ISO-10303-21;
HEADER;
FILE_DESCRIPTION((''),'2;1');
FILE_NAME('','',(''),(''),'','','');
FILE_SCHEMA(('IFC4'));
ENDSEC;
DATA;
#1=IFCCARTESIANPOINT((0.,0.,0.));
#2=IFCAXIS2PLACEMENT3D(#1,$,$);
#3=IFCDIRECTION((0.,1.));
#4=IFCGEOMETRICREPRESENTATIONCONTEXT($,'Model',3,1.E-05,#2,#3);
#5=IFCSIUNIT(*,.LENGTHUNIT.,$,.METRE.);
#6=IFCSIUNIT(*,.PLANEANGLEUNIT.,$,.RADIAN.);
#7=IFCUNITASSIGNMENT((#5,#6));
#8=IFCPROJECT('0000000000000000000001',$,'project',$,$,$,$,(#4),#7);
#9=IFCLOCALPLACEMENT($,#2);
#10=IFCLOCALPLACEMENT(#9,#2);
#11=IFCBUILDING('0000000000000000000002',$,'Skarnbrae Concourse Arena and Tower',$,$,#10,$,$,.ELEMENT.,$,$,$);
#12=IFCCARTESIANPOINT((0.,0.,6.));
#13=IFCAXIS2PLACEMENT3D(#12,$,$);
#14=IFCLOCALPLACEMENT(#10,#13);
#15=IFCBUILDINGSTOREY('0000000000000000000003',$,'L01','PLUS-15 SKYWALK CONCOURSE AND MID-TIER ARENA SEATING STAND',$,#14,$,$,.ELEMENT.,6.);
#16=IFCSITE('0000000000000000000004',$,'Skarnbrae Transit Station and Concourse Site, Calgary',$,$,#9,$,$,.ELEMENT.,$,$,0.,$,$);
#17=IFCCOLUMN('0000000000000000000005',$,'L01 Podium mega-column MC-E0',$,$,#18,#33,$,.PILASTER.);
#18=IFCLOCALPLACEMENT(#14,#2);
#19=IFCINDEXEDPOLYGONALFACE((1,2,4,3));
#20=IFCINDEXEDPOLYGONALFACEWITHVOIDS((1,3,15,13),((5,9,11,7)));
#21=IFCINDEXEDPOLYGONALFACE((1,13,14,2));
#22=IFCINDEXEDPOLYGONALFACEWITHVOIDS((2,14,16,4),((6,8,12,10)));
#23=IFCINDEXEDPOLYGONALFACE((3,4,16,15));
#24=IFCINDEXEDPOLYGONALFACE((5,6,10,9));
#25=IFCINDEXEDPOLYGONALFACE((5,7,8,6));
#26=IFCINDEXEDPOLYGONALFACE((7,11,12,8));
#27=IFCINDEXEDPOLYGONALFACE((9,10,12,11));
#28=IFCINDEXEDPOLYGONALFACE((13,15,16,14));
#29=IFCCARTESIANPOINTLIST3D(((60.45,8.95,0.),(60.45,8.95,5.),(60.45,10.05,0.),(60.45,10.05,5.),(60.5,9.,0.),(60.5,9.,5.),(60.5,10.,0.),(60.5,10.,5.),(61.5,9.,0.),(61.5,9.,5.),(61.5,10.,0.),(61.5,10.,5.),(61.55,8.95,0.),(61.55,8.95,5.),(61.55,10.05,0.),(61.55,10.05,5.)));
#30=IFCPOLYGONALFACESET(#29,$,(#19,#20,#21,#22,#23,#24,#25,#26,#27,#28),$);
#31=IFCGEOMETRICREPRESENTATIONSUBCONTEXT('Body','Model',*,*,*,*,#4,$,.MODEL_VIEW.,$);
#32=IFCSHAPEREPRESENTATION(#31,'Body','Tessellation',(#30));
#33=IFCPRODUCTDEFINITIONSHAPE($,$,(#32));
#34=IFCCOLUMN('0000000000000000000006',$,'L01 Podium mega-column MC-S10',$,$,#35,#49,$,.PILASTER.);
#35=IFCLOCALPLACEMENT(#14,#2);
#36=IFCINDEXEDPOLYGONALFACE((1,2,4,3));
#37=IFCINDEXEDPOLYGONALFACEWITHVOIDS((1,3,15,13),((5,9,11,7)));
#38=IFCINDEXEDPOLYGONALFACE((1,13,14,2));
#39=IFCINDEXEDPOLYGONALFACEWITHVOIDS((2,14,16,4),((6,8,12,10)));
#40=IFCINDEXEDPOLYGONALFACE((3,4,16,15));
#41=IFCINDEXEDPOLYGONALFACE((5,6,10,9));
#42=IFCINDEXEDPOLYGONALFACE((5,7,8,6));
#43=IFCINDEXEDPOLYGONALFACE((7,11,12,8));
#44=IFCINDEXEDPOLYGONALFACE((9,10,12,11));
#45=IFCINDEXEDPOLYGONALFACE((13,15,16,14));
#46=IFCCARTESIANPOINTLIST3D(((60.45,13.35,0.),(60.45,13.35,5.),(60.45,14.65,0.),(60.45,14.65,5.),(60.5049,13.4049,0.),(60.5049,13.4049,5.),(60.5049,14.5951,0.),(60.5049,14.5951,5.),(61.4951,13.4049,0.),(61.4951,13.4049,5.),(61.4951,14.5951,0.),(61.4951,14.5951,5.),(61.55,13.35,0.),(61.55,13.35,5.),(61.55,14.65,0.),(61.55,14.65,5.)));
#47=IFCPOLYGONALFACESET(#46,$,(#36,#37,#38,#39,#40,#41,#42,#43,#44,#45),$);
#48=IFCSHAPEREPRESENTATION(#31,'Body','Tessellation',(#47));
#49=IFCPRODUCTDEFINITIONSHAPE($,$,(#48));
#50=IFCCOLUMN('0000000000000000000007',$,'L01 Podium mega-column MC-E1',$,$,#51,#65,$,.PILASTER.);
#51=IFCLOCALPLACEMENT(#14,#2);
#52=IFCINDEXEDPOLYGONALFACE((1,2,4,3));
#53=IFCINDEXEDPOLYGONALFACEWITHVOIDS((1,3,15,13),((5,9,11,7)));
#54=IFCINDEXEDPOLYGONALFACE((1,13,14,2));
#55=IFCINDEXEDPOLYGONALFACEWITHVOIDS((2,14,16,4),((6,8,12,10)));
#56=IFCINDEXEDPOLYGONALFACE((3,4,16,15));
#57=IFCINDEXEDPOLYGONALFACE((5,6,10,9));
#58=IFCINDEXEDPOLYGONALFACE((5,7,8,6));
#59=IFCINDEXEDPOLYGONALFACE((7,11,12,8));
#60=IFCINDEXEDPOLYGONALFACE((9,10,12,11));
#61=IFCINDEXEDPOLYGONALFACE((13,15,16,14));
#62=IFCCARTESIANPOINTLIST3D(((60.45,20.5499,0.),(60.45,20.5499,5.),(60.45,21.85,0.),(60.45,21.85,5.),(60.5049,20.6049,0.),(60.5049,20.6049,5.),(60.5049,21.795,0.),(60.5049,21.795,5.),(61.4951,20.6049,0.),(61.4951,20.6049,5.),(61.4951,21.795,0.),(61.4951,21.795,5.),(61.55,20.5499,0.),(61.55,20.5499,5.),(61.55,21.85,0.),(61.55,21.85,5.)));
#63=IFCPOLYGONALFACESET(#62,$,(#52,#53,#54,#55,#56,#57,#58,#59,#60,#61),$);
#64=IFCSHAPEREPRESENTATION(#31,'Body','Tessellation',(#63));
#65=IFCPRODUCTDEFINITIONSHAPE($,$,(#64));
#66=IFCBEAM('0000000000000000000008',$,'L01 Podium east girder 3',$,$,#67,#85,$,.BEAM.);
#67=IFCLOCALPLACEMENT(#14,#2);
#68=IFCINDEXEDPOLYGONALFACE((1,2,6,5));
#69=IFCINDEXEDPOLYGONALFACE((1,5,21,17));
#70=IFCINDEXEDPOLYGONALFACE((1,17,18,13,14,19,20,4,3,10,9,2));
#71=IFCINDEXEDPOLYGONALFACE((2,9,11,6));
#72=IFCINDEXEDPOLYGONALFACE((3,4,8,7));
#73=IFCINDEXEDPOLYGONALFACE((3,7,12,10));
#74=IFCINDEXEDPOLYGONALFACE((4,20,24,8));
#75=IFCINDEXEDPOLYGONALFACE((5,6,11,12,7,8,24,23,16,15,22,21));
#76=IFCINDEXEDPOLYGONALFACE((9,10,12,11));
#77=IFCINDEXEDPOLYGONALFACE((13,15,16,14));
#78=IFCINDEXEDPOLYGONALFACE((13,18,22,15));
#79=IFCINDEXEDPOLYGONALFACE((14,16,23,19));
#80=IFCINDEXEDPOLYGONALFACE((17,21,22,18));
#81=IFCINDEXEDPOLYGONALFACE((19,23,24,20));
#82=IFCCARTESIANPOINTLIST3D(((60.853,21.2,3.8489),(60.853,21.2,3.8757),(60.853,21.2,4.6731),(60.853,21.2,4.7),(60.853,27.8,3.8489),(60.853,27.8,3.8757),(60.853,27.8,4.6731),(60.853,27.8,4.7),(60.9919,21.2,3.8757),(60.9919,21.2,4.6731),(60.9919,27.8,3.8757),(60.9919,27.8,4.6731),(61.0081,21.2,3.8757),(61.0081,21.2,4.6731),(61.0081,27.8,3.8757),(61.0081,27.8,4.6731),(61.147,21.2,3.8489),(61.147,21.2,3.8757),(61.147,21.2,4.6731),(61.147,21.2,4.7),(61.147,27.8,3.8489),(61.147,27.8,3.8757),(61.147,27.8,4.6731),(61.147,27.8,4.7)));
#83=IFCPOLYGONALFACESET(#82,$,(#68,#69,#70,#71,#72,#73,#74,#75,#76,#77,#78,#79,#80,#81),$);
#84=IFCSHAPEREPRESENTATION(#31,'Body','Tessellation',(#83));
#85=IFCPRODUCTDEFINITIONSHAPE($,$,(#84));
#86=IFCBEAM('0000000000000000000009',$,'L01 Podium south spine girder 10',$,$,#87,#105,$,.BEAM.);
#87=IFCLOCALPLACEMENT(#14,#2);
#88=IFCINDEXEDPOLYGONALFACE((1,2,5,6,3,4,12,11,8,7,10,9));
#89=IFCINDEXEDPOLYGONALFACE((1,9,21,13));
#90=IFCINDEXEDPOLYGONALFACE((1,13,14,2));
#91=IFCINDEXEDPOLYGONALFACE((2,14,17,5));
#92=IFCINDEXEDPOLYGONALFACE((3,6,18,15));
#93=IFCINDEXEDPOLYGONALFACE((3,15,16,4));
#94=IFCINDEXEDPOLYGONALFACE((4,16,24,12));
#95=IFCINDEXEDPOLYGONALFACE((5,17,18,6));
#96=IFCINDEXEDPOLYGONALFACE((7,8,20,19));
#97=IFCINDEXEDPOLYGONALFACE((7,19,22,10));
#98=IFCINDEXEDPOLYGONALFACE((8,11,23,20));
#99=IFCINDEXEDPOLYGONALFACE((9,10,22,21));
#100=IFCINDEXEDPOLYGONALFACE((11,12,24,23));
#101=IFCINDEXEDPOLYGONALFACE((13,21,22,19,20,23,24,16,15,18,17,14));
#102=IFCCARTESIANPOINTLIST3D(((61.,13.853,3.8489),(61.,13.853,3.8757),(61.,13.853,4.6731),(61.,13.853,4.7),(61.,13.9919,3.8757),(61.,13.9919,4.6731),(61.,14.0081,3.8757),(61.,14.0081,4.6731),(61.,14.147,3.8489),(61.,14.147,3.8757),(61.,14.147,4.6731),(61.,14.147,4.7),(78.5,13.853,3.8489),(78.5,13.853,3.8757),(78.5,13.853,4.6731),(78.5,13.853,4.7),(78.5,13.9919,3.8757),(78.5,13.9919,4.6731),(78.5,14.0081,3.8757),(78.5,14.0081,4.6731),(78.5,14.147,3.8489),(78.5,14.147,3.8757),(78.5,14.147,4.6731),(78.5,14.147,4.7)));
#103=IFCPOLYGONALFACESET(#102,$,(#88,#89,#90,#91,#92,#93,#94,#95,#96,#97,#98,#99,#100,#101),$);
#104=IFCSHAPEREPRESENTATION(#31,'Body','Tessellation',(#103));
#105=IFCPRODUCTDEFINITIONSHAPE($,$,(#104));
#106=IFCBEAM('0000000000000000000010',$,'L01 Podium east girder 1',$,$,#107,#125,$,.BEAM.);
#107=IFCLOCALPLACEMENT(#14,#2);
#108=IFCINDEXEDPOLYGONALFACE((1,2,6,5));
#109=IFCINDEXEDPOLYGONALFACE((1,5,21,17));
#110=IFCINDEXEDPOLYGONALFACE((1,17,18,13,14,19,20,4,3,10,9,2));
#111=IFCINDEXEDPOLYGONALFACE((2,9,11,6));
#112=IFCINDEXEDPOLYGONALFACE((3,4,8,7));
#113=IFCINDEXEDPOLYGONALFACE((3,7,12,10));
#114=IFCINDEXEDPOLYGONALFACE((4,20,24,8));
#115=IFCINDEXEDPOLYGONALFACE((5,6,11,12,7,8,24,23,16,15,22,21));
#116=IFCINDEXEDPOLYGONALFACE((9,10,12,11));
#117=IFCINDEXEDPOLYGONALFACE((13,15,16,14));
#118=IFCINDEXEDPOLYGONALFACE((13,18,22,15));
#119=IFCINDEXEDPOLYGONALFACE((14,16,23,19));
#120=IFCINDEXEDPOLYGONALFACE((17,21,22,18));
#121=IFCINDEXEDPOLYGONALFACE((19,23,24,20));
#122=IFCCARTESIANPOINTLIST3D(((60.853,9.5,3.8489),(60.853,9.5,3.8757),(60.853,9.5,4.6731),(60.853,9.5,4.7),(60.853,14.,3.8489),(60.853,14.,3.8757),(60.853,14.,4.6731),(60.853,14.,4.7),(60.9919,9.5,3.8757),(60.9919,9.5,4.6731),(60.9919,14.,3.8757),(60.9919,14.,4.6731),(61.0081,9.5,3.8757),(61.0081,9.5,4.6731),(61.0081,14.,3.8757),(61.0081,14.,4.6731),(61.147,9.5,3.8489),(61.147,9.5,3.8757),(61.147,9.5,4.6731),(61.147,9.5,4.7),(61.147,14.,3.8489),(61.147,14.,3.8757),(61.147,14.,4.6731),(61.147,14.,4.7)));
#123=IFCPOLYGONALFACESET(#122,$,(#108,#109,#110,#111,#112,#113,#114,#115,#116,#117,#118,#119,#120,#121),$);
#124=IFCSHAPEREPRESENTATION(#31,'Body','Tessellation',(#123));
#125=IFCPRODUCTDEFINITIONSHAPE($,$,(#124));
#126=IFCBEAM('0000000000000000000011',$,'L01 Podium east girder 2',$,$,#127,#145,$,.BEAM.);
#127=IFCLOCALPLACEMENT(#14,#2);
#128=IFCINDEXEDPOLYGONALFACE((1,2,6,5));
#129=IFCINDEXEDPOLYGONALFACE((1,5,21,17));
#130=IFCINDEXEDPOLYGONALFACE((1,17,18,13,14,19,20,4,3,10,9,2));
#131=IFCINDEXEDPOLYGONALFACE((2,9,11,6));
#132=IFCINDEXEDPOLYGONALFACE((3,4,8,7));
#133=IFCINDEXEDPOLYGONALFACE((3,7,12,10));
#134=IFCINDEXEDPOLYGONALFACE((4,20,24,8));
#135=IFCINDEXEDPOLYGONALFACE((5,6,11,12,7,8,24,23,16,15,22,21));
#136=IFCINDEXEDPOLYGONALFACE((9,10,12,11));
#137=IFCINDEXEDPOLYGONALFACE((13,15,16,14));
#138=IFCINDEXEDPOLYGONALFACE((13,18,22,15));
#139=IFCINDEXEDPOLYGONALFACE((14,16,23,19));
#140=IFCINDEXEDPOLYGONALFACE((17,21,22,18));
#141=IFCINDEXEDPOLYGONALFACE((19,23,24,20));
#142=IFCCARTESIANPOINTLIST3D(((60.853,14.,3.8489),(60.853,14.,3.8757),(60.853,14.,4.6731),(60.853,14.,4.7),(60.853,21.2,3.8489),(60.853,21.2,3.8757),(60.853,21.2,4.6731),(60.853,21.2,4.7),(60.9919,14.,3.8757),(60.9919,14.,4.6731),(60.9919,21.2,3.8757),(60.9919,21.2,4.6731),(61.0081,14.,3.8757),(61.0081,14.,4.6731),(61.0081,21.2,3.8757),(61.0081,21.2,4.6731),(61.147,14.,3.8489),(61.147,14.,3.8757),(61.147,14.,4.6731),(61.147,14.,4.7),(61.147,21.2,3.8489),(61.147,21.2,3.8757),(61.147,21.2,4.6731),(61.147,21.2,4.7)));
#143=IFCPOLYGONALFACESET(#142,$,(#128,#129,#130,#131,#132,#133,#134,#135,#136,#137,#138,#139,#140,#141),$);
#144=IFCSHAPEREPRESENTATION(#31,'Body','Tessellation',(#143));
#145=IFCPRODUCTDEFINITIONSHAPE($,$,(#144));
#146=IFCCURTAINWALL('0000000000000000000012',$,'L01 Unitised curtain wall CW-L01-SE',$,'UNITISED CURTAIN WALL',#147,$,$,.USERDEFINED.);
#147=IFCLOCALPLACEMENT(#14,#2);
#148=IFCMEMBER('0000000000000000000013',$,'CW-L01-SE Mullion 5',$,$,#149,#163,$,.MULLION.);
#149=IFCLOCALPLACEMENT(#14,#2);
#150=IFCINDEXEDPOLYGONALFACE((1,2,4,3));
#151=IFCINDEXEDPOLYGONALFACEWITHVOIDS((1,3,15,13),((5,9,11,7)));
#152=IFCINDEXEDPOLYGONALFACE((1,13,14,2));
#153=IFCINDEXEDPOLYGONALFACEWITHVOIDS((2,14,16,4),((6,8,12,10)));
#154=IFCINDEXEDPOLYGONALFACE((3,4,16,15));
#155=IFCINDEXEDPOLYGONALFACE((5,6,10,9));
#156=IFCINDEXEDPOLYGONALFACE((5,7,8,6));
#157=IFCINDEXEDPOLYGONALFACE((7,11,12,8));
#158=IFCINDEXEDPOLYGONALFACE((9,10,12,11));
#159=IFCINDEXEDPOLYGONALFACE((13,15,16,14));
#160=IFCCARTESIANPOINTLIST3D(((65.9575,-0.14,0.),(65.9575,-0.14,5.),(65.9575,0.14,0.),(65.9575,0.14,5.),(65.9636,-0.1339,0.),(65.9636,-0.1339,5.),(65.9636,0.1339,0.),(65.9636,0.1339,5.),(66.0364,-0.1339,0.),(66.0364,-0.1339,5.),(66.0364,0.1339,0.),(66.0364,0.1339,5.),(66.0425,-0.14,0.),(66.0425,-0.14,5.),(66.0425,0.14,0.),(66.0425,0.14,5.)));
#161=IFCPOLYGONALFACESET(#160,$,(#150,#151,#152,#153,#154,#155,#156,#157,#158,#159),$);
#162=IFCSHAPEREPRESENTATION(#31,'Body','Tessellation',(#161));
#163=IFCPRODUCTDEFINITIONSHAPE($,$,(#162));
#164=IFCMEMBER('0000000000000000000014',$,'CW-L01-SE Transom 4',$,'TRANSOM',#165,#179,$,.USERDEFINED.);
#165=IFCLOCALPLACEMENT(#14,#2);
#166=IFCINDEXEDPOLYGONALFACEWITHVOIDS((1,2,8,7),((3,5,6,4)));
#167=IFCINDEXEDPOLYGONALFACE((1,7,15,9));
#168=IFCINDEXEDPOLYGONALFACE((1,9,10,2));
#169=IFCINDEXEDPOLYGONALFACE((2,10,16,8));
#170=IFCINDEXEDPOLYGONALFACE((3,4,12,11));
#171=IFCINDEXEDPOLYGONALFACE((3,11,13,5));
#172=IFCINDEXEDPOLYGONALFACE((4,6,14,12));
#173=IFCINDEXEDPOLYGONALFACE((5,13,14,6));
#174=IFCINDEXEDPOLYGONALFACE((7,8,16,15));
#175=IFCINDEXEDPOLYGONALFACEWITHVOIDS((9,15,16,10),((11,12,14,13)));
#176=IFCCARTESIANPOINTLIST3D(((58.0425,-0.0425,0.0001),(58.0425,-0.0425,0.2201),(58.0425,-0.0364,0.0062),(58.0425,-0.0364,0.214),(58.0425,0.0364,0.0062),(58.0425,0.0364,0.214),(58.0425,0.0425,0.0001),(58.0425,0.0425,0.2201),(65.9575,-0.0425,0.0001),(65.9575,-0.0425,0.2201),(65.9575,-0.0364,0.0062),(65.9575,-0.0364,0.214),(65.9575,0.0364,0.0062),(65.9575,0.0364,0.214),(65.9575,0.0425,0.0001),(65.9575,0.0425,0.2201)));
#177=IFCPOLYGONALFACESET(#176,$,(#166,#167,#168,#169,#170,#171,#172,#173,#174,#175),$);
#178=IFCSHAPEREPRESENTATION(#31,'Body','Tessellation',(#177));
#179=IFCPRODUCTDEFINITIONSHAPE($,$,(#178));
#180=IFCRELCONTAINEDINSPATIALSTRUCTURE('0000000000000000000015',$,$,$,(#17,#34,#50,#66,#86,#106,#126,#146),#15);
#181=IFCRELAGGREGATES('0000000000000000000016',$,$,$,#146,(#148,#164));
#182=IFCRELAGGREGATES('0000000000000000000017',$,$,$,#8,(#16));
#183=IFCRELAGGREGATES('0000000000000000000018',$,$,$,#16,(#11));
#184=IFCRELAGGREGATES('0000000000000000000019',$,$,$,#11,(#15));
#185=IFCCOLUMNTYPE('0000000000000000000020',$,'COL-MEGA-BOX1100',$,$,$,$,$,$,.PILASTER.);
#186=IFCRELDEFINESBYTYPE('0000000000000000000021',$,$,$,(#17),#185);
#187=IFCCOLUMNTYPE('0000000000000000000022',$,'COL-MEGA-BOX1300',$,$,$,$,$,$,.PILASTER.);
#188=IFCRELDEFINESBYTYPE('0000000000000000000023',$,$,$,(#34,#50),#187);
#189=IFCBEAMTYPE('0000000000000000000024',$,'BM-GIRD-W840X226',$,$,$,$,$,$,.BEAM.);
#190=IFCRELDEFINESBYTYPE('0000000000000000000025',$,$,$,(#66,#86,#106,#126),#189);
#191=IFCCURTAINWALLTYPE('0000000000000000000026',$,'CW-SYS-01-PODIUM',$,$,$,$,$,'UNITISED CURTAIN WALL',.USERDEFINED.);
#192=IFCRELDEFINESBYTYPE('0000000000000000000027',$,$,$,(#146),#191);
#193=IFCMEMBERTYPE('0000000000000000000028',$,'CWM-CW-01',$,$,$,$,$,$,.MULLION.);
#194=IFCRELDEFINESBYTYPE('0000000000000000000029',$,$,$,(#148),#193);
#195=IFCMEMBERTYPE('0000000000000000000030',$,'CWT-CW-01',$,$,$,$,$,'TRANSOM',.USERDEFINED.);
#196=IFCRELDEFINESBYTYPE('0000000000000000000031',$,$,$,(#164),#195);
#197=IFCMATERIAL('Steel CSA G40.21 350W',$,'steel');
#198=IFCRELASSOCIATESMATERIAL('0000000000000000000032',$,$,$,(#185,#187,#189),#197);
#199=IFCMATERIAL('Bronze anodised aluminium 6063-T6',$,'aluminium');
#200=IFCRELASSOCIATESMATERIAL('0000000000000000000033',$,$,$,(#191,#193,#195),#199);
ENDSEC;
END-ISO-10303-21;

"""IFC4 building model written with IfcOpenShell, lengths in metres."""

from ifc_helpers import new_model, si_unit, direction, frame, origin, origin_2d, place, context, subcontext, project, spatial, hollow_rectangle, i_section, extrude, source, transform, mapped, material, material_profile, profile_set, type_object, element, aggregate, save


model = new_model("IFC4")

# Units and contexts
model_context = context("Model", 3, precision=1e-05, world=origin(), true_north=direction((0.0, 1.0)))
body_context = subcontext(model_context, "Body", "Model", "MODEL_VIEW")
ifc_project = project(units=[si_unit("LENGTHUNIT", "METRE"), si_unit("PLANEANGLEUNIT", "RADIAN")], contexts=[model_context])

# Site, building, storey
site_placement = place(None, origin())
site = spatial("IfcSite", under=ifc_project, at=site_placement, Name="Skarnbrae Transit Station and Concourse Site, Calgary", CompositionType="ELEMENT", RefElevation=0.0)
building_placement = place(site_placement, origin())
building = spatial("IfcBuilding", under=site, at=building_placement, Name="Skarnbrae Concourse Arena and Tower", CompositionType="ELEMENT")
storey_placement = place(building_placement, frame((0.0, 0.0, 6.0)))
storey = spatial("IfcBuildingStorey", under=building, at=storey_placement, Name="L01", Description="PLUS-15 SKYWALK CONCOURSE AND MID-TIER ARENA SEATING STAND", CompositionType="ELEMENT", Elevation=6.0)

# Columns
ifc_material_1 = material(Name="Steel CSA G40.21 350W", Category="steel")
ifc_material_profile_1 = material_profile(ifc_material_1, hollow_rectangle(XDim=1.1001, YDim=1.1001, WallThickness=0.05, at=origin_2d()), Name="BOX1100X1100X50")
ifc_profile_set_1 = profile_set([ifc_material_profile_1], Name="Steel CSA G40.21 350W")
column_type_1 = type_object("IfcColumnType", Name="COL-MEGA-BOX1100", PredefinedType="PILASTER", material=ifc_profile_set_1)
shared_shape_1 = source(origin(), body_context, "Body", "SweptSolid", [
    extrude(hollow_rectangle(XDim=1.1001, YDim=1.1001, WallThickness=0.05, at=origin_2d()), origin(), (0.0, 0.0, 1.0), 5.0),
])
column_placement = place(storey_placement, frame((61.0, 9.5, 0.0), z_axis=(0.0, 0.0, 1.0), x_axis=(1.0, 0.0, 0.0)))
element("IfcColumn", 1, at=column_placement, inside=storey, type_object=column_type_1, Name="L01 Podium mega-column MC-E0", PredefinedType="PILASTER", context=body_context, shape_type="MappedRepresentation", body=[
    mapped(shared_shape_1, transform((0.0, 0.0, 0.0))),
])
ifc_material_profile_2 = material_profile(ifc_material_1, hollow_rectangle(XDim=1.1001, YDim=1.3, WallThickness=0.0549, at=origin_2d()), Name="BOX1300X1100X55")
ifc_profile_set_2 = profile_set([ifc_material_profile_2], Name="Steel CSA G40.21 350W")
column_type_2 = type_object("IfcColumnType", Name="COL-MEGA-BOX1300", PredefinedType="PILASTER", material=ifc_profile_set_2)
shared_shape_2 = source(origin(), body_context, "Body", "SweptSolid", [
    extrude(hollow_rectangle(XDim=1.1001, YDim=1.3, WallThickness=0.0549, at=origin_2d()), origin(), (0.0, 0.0, 1.0), 5.0),
])
for number, where, z_axis, x_axis, name in (
    (2, (61.0, 14.0, 0.0), (0.0, 0.0, 1.0), (1.0, 0.0, 0.0), "L01 Podium mega-column MC-S10"),
    (3, (61.0, 21.2, 0.0), (0.0, 0.0, 1.0), (1.0, 0.0, 0.0), "L01 Podium mega-column MC-E1"),
):
    element("IfcColumn", number, at=place(storey_placement, frame(where, z_axis=z_axis, x_axis=x_axis)), inside=storey, type_object=column_type_2, Name=name, PredefinedType="PILASTER", context=body_context, shape_type="MappedRepresentation", body=[
        mapped(shared_shape_2, transform((0.0, 0.0, 0.0))),
    ])

# Beams
ifc_material_profile_3 = material_profile(ifc_material_1, i_section(OverallWidth=0.2939, OverallDepth=0.8511, WebThickness=0.0161, FlangeThickness=0.0269, at=origin_2d()), Name="W840X226")
ifc_profile_set_3 = profile_set([ifc_material_profile_3], Name="Steel CSA G40.21 350W")
beam_type_1 = type_object("IfcBeamType", Name="BM-GIRD-W840X226", PredefinedType="BEAM", material=ifc_profile_set_3)
shared_shape_3 = source(origin(), body_context, "Body", "SweptSolid", [
    extrude(i_section(OverallWidth=0.2939, OverallDepth=0.8511, WebThickness=0.0161, FlangeThickness=0.0269, at=origin_2d()), origin(), (0.0, 0.0, 1.0), 6.6001),
])
beam_1_placement = place(storey_placement, frame((61.0, 21.2, 4.2744), z_axis=(0.0, 1.0, 0.0), x_axis=(-1.0, 0.0, 0.0)))
element("IfcBeam", 4, at=beam_1_placement, inside=storey, type_object=beam_type_1, Name="L01 Podium east girder 3", PredefinedType="BEAM", context=body_context, shape_type="MappedRepresentation", body=[
    mapped(shared_shape_3, transform((0.0, 0.0, 0.0))),
])
shared_shape_4 = source(origin(), body_context, "Body", "SweptSolid", [
    extrude(i_section(OverallWidth=0.2939, OverallDepth=0.8511, WebThickness=0.0161, FlangeThickness=0.0269, at=origin_2d()), origin(), (0.0, 0.0, 1.0), 17.5),
])
beam_2_placement = place(storey_placement, frame((61.0, 14.0, 4.2744), z_axis=(1.0, 0.0, 0.0), x_axis=(0.0, 1.0, 0.0)))
element("IfcBeam", 5, at=beam_2_placement, inside=storey, type_object=beam_type_1, Name="L01 Podium south spine girder 10", PredefinedType="BEAM", context=body_context, shape_type="MappedRepresentation", body=[
    mapped(shared_shape_4, transform((0.0, 0.0, 0.0))),
])
shared_shape_5 = source(origin(), body_context, "Body", "SweptSolid", [
    extrude(i_section(OverallWidth=0.2939, OverallDepth=0.8511, WebThickness=0.0161, FlangeThickness=0.0269, at=origin_2d()), origin(), (0.0, 0.0, 1.0), 4.5),
])
beam_3_placement = place(storey_placement, frame((61.0, 9.5, 4.2744), z_axis=(0.0, 1.0, 0.0), x_axis=(-1.0, 0.0, 0.0)))
element("IfcBeam", 6, at=beam_3_placement, inside=storey, type_object=beam_type_1, Name="L01 Podium east girder 1", PredefinedType="BEAM", context=body_context, shape_type="MappedRepresentation", body=[
    mapped(shared_shape_5, transform((0.0, 0.0, 0.0))),
])
shared_shape_6 = source(origin(), body_context, "Body", "SweptSolid", [
    extrude(i_section(OverallWidth=0.2939, OverallDepth=0.8511, WebThickness=0.0161, FlangeThickness=0.0269, at=origin_2d()), origin(), (0.0, 0.0, 1.0), 7.2),
])
beam_4_placement = place(storey_placement, frame((61.0, 14.0, 4.2744), z_axis=(0.0, 1.0, 0.0), x_axis=(-1.0, 0.0, 0.0)))
element("IfcBeam", 7, at=beam_4_placement, inside=storey, type_object=beam_type_1, Name="L01 Podium east girder 2", PredefinedType="BEAM", context=body_context, shape_type="MappedRepresentation", body=[
    mapped(shared_shape_6, transform((0.0, 0.0, 0.0))),
])

# Curtain wall, members
ifc_material_2 = material(Name="Bronze anodised aluminium 6063-T6", Category="aluminium")
curtain_wall_type = type_object("IfcCurtainWallType", Name="CW-SYS-01-PODIUM", ElementType="UNITISED CURTAIN WALL", PredefinedType="USERDEFINED", material=ifc_material_2)
curtain_wall_placement = place(storey_placement, origin())
curtain_wall = element("IfcCurtainWall", 8, at=curtain_wall_placement, inside=storey, type_object=curtain_wall_type, Name="L01 Unitised curtain wall CW-L01-SE", ObjectType="UNITISED CURTAIN WALL", PredefinedType="USERDEFINED")
ifc_material_profile_4 = material_profile(ifc_material_2, hollow_rectangle(XDim=0.085, YDim=0.28, WallThickness=0.0061, at=origin_2d()), Name="ALU-MULL-85X280")
ifc_profile_set_4 = profile_set([ifc_material_profile_4], Name="Bronze anodised aluminium 6063-T6")
member_type_1 = type_object("IfcMemberType", Name="CWM-CW-01", PredefinedType="MULLION", material=ifc_profile_set_4)
shared_shape_7 = source(origin(), body_context, "Body", "SweptSolid", [
    extrude(hollow_rectangle(XDim=0.085, YDim=0.28, WallThickness=0.0061, at=origin_2d()), origin(), (0.0, 0.0, 1.0), 5.0),
])
member_1_placement = place(storey_placement, frame((66.0, 0.0, 0.0), z_axis=(0.0, 0.0, 1.0), x_axis=(1.0, 0.0, 0.0)))
member_1 = element("IfcMember", 9, at=member_1_placement, type_object=member_type_1, Name="CW-L01-SE Mullion 5", PredefinedType="MULLION", context=body_context, shape_type="MappedRepresentation", body=[
    mapped(shared_shape_7, transform((0.0, 0.0, 0.0))),
])
ifc_material_profile_5 = material_profile(ifc_material_2, hollow_rectangle(XDim=0.085, YDim=0.22, WallThickness=0.0061, at=origin_2d()), Name="ALU-TRAN-85X220")
ifc_profile_set_5 = profile_set([ifc_material_profile_5], Name="Bronze anodised aluminium 6063-T6")
member_type_2 = type_object("IfcMemberType", Name="CWT-CW-01", ElementType="TRANSOM", PredefinedType="USERDEFINED", material=ifc_profile_set_5)
shared_shape_8 = source(origin(), body_context, "Body", "SweptSolid", [
    extrude(hollow_rectangle(XDim=0.085, YDim=0.22, WallThickness=0.0061, at=origin_2d()), origin(), (0.0, 0.0, 1.0), 7.915),
])
member_2_placement = place(storey_placement, frame((58.0425, 0.0, 0.1101), z_axis=(1.0, 0.0, 0.0), x_axis=(0.0, 1.0, 0.0)))
member_2 = element("IfcMember", 10, at=member_2_placement, type_object=member_type_2, Name="CW-L01-SE Transom 4", ObjectType="TRANSOM", PredefinedType="USERDEFINED", context=body_context, shape_type="MappedRepresentation", body=[
    mapped(shared_shape_8, transform((0.0, 0.0, 0.0))),
])

aggregate(curtain_wall, [member_1, member_2])

save(model, "model.ifc")
